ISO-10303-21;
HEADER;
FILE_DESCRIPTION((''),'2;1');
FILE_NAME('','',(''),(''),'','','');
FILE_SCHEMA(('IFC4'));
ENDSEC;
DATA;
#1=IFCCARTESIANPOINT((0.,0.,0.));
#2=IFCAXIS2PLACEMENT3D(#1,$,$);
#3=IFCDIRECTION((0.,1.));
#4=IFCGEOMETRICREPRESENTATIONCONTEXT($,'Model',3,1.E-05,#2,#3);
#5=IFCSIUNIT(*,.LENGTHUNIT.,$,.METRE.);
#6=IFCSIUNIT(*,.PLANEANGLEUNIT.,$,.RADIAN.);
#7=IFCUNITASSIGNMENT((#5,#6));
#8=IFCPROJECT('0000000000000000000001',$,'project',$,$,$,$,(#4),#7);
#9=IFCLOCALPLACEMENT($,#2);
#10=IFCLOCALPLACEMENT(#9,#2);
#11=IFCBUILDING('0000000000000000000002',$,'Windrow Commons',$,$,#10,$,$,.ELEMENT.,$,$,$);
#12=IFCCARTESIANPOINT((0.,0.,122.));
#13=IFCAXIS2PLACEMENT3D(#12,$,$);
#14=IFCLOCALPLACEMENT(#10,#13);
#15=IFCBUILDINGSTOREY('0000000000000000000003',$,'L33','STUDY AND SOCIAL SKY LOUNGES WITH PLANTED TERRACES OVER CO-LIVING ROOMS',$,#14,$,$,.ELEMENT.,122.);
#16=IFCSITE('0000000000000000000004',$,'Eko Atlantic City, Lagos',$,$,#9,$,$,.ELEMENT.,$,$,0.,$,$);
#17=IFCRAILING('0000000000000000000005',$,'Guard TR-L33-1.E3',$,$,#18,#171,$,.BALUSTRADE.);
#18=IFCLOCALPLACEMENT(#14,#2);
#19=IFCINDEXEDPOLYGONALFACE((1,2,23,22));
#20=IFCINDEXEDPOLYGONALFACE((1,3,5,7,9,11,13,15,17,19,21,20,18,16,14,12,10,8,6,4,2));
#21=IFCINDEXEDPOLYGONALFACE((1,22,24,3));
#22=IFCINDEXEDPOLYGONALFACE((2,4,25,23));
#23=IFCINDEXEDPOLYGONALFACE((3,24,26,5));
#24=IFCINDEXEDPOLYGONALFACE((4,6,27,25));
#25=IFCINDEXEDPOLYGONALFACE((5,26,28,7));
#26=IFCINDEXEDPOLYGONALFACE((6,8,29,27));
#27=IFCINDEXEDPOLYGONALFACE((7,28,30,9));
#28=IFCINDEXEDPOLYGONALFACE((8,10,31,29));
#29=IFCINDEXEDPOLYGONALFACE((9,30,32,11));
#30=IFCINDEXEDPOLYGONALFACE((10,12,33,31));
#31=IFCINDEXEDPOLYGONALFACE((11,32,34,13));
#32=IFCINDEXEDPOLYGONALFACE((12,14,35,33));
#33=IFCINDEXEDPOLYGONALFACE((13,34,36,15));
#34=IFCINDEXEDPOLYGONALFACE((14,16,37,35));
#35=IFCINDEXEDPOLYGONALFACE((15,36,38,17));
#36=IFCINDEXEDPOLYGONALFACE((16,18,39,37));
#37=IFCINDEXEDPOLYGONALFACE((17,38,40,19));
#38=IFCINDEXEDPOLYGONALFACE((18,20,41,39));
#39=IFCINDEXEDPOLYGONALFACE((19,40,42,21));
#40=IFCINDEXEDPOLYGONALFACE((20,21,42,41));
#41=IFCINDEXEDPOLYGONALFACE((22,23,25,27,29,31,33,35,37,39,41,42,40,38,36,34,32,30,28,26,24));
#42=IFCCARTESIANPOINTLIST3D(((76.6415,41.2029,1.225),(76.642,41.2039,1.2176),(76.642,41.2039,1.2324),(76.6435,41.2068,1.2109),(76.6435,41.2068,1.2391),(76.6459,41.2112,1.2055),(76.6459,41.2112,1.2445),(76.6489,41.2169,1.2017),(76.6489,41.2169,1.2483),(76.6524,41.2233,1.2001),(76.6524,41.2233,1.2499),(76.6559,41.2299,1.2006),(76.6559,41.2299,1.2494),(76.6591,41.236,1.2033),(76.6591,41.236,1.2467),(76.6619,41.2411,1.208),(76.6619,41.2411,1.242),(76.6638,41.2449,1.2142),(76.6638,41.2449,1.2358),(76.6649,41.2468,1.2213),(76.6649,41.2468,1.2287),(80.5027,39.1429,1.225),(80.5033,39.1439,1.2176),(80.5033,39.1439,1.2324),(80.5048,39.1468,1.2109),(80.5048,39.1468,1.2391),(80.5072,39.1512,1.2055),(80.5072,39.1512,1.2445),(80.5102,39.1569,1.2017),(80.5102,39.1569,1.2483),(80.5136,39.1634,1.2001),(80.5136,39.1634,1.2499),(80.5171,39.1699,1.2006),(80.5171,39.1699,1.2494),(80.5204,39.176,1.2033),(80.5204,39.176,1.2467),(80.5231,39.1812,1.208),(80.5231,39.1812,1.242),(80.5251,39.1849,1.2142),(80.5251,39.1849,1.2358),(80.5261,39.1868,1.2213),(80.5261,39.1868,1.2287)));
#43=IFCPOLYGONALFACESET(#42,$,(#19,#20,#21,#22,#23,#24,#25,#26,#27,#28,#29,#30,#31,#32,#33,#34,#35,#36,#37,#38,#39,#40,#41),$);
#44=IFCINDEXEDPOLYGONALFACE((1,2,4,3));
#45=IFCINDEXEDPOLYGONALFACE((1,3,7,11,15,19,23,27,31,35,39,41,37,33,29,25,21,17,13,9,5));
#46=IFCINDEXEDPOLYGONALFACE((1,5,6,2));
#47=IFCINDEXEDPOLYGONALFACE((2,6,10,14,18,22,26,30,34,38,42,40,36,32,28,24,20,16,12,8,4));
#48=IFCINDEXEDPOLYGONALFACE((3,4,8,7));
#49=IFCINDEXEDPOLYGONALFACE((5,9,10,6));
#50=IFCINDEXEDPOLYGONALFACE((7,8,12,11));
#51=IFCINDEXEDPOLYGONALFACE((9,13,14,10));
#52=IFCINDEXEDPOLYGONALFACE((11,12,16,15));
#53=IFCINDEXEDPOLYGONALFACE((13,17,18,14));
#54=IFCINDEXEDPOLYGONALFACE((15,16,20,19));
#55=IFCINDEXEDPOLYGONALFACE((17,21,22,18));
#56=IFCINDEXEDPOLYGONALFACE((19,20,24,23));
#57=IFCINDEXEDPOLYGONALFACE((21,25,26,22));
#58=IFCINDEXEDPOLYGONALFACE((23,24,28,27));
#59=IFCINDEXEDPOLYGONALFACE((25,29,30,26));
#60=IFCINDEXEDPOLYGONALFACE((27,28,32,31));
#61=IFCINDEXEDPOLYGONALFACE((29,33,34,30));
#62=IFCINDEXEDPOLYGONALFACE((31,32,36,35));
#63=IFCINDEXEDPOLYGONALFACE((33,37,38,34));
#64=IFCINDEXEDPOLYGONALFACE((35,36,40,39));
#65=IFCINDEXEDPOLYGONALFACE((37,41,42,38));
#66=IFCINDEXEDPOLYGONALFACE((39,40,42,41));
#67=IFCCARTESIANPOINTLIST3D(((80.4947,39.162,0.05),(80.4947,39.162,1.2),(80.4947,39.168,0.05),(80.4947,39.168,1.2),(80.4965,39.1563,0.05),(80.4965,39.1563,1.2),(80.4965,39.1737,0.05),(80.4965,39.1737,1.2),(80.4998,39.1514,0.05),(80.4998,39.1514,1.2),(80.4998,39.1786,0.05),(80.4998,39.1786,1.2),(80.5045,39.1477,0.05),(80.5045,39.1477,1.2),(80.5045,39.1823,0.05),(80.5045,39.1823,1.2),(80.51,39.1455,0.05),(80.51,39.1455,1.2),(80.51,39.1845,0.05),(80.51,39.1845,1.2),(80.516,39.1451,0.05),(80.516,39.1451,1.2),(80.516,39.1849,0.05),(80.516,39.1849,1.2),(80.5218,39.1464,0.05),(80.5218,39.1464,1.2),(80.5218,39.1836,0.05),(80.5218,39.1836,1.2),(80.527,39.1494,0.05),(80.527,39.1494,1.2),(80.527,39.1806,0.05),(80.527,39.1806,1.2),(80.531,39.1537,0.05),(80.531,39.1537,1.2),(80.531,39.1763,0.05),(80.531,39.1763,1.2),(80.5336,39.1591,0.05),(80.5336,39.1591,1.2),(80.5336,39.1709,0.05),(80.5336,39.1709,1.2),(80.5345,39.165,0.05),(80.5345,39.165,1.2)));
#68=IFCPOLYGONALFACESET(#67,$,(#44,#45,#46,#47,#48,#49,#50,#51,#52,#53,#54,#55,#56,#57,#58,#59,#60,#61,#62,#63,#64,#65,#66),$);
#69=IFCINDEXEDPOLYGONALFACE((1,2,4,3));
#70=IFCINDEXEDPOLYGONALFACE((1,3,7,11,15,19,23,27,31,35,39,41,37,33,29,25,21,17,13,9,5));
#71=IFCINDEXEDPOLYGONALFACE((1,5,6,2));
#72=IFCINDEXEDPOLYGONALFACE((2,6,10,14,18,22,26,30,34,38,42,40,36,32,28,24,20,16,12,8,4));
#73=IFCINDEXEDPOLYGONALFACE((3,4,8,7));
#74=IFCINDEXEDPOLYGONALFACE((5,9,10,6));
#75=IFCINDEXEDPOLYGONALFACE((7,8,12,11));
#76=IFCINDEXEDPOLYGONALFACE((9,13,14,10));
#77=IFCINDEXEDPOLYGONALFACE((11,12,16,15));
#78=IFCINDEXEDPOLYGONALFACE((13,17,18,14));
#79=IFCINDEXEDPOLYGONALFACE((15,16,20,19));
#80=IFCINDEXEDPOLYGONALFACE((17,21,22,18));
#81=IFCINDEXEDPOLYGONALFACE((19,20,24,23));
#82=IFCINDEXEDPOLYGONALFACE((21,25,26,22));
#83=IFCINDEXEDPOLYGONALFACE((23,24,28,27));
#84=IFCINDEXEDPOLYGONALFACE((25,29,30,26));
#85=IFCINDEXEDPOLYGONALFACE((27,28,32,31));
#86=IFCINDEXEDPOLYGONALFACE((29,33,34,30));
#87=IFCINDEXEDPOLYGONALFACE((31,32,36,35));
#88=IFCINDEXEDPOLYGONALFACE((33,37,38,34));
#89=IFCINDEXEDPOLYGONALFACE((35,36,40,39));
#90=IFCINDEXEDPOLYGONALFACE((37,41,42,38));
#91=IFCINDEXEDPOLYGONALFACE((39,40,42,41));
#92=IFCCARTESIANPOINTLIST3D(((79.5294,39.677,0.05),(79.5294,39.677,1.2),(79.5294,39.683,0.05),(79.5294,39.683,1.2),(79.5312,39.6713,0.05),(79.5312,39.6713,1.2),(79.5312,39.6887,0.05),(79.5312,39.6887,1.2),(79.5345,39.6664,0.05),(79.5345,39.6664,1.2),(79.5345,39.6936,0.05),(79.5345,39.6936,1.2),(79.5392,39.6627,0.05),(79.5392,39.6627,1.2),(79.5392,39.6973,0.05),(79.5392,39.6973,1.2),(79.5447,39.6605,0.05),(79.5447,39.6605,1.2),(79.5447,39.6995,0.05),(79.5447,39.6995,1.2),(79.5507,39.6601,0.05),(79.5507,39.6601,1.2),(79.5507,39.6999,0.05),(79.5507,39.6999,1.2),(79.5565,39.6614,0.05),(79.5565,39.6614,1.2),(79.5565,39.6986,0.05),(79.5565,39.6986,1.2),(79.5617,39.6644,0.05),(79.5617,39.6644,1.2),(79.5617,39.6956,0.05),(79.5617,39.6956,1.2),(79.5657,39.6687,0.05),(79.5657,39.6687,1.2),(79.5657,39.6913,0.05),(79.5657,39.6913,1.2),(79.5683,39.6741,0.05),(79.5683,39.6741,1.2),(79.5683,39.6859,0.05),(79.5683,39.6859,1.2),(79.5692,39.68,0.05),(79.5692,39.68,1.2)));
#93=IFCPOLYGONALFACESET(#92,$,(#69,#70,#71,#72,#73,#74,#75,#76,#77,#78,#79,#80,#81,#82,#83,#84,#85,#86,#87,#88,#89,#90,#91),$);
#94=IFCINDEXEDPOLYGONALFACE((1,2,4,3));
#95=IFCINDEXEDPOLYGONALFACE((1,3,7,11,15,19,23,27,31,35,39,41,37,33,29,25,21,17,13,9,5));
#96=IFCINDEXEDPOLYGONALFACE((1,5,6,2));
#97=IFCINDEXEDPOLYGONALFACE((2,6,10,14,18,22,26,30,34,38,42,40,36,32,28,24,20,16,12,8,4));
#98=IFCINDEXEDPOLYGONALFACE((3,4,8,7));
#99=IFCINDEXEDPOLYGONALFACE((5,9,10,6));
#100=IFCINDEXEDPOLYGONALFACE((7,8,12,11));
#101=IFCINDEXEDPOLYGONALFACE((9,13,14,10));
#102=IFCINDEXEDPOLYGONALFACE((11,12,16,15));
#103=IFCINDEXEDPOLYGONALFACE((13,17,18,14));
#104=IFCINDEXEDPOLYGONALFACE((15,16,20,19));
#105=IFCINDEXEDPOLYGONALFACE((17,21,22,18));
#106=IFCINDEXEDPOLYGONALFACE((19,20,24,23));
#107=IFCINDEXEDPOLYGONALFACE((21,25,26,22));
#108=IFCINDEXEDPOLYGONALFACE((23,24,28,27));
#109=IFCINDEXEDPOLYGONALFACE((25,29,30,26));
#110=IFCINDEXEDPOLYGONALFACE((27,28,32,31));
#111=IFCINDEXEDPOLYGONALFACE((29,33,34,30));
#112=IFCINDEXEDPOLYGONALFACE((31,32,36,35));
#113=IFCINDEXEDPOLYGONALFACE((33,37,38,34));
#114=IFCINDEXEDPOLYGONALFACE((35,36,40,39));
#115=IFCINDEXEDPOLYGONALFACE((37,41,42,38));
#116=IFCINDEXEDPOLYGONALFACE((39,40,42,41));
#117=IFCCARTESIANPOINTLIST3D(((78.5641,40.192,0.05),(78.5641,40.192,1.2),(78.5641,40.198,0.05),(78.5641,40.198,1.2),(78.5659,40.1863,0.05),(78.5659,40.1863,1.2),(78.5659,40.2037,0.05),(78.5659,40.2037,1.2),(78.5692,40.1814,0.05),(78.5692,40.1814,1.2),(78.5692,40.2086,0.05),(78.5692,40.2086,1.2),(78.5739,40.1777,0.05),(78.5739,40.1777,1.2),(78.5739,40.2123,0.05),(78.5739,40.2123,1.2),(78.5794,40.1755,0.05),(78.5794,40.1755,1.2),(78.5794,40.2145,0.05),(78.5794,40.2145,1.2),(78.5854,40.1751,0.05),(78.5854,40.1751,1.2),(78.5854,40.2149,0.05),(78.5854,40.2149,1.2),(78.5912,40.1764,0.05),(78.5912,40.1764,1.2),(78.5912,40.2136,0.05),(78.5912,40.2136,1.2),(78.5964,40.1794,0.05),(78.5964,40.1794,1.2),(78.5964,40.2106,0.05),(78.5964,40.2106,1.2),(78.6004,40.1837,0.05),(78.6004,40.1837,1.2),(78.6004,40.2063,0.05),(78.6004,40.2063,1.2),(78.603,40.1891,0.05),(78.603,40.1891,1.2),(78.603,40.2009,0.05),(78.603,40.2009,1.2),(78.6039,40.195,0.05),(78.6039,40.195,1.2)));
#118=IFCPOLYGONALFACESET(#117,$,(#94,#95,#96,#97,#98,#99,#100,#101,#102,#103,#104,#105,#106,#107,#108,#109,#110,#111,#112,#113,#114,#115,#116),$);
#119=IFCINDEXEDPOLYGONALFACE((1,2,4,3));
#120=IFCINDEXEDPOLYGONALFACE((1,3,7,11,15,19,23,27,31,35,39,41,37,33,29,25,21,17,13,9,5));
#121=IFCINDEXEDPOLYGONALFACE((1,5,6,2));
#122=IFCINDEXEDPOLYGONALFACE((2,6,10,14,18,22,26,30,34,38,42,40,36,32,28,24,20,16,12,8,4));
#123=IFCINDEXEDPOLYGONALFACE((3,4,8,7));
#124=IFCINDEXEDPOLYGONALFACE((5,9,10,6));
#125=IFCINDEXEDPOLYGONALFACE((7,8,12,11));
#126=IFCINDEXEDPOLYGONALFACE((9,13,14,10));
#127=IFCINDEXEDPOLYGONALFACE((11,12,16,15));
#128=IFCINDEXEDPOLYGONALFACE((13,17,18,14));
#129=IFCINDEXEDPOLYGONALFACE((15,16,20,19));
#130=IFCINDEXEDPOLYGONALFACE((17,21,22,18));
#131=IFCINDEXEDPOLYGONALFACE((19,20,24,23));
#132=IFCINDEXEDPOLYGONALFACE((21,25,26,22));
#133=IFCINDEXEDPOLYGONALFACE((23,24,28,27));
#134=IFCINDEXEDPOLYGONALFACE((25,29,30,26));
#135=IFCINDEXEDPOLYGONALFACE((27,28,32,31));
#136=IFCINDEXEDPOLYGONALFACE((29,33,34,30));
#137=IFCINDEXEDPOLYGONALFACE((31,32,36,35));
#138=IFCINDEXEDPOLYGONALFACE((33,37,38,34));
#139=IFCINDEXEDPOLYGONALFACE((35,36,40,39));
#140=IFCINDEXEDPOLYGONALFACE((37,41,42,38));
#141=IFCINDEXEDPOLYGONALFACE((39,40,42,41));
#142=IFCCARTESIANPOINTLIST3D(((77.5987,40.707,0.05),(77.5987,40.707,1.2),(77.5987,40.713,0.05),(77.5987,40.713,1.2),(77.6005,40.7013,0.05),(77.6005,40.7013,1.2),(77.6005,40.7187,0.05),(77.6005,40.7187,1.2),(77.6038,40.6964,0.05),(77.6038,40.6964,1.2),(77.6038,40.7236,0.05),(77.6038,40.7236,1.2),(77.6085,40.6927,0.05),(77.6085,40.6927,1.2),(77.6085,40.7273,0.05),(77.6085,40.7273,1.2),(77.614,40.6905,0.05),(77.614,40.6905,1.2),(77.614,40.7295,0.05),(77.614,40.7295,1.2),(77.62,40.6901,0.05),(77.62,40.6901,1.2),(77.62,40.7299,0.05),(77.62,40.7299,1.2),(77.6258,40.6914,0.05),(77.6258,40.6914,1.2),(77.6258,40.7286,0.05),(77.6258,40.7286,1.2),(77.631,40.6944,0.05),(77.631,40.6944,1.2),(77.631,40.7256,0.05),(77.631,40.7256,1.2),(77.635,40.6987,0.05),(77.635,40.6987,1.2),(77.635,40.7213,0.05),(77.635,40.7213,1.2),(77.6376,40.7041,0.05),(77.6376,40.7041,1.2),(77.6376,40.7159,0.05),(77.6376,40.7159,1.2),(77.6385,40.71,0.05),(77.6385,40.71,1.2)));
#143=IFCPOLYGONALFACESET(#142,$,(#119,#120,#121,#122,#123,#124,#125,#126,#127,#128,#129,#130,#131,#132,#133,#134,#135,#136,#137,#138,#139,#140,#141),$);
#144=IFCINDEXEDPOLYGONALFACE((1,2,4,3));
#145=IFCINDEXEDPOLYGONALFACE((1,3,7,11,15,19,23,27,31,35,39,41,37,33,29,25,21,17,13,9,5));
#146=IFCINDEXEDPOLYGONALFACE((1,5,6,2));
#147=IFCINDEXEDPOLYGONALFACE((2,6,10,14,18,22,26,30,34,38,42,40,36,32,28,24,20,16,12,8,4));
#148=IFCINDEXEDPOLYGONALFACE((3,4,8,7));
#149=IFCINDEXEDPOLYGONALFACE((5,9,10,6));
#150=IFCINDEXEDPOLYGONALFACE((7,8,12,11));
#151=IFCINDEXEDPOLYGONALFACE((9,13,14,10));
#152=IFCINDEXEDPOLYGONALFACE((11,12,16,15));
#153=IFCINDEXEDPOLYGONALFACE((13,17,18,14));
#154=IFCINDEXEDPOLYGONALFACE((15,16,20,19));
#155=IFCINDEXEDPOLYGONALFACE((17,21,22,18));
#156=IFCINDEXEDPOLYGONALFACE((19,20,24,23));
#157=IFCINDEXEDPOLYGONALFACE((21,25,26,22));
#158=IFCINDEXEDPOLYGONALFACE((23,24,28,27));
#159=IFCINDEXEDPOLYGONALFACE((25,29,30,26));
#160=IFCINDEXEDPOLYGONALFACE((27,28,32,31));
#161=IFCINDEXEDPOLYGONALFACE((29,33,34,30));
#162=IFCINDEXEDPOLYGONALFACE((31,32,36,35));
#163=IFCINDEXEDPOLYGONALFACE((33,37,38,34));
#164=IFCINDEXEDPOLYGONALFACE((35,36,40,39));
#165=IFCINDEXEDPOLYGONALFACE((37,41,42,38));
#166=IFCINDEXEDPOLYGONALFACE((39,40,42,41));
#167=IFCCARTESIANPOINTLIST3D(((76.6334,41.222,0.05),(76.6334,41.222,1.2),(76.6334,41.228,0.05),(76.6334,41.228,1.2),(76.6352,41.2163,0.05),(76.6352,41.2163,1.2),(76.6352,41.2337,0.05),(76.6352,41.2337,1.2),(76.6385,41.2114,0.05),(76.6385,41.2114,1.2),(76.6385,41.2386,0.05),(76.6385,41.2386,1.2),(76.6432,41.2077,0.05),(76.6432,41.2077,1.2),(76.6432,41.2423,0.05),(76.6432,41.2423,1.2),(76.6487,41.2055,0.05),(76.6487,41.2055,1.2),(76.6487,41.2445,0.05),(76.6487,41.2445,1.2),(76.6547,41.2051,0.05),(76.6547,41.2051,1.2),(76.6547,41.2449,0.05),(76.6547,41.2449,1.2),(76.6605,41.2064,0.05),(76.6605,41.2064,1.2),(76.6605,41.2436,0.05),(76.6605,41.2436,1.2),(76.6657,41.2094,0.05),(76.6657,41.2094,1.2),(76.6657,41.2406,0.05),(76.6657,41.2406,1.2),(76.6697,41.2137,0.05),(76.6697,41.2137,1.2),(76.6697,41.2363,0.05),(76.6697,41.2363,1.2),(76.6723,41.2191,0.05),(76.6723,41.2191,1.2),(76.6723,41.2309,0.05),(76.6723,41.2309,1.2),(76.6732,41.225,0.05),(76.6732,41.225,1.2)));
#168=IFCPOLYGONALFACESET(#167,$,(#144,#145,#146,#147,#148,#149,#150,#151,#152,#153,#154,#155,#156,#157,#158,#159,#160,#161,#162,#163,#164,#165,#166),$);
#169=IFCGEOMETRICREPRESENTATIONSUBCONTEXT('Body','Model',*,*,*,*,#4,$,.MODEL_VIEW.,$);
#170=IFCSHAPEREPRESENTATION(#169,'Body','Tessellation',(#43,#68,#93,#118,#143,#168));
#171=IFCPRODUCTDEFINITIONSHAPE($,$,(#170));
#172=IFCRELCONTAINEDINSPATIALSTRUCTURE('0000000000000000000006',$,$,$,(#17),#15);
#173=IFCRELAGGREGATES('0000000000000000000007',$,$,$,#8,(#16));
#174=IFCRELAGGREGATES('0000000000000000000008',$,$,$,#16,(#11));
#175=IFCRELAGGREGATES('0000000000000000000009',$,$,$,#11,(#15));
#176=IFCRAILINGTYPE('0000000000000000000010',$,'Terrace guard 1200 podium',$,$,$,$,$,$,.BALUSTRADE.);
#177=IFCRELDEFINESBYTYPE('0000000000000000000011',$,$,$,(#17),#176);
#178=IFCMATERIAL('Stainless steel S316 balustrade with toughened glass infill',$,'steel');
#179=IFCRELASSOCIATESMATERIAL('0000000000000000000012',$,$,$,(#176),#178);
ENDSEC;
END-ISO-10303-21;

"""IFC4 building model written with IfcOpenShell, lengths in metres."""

from ifc_helpers import new_model, si_unit, direction, frame, origin, origin_2d, place, context, subcontext, project, spatial, circle, extrude, material, type_object, element, save


model = new_model("IFC4")

# Units and contexts
model_context = context("Model", 3, precision=1e-05, world=origin(), true_north=direction((0.0, 1.0)))
body_context = subcontext(model_context, "Body", "Model", "MODEL_VIEW")
ifc_project = project(units=[si_unit("LENGTHUNIT", "METRE"), si_unit("PLANEANGLEUNIT", "RADIAN")], contexts=[model_context])

# Site, building, storey
site_placement = place(None, origin())
site = spatial("IfcSite", under=ifc_project, at=site_placement, Name="Eko Atlantic City, Lagos", CompositionType="ELEMENT", RefElevation=0.0)
building_placement = place(site_placement, origin())
building = spatial("IfcBuilding", under=site, at=building_placement, Name="Windrow Commons", CompositionType="ELEMENT")
storey_placement = place(building_placement, frame((0.0, 0.0, 122.0)))
storey = spatial("IfcBuildingStorey", under=building, at=storey_placement, Name="L33", Description="STUDY AND SOCIAL SKY LOUNGES WITH PLANTED TERRACES OVER CO-LIVING ROOMS", CompositionType="ELEMENT", Elevation=122.0)

# Railing
ifc_material_1 = material(Name="Stainless steel S316 balustrade with toughened glass infill", Category="steel")
railing_type = type_object("IfcRailingType", Name="Terrace guard 1200 podium", PredefinedType="BALUSTRADE", material=ifc_material_1)
railing_1_placement = place(storey_placement, frame((80.5145, 39.165, 0.05)))
element("IfcRailing", 1, at=railing_1_placement, inside=storey, type_object=railing_type, Name="Guard TR-L33-1.E3", PredefinedType="BALUSTRADE", context=body_context, shape_type="SweptSolid", body=[
    extrude(circle(Radius=0.025, at=origin_2d()), frame((0.0, 0.0, 1.175), z_axis=(-0.882292, 0.470702, 0.0), x_axis=(-0.470702, -0.882292, 0.0)), (0.0, 0.0, 1.0), 4.3764),
    extrude(circle(Radius=0.02, at=origin_2d()), origin(), (0.0, 0.0, 1.0), 1.15),
    extrude(circle(Radius=0.02, at=origin_2d()), frame((-0.9653, 0.515, 0.0)), (0.0, 0.0, 1.0), 1.15),
    extrude(circle(Radius=0.02, at=origin_2d()), frame((-1.9306, 1.03, 0.0)), (0.0, 0.0, 1.0), 1.15),
    extrude(circle(Radius=0.02, at=origin_2d()), frame((-2.896, 1.545, 0.0)), (0.0, 0.0, 1.0), 1.15),
    extrude(circle(Radius=0.02, at=origin_2d()), frame((-3.8613, 2.06, 0.0)), (0.0, 0.0, 1.0), 1.15),
])

save(model, "model.ifc")
